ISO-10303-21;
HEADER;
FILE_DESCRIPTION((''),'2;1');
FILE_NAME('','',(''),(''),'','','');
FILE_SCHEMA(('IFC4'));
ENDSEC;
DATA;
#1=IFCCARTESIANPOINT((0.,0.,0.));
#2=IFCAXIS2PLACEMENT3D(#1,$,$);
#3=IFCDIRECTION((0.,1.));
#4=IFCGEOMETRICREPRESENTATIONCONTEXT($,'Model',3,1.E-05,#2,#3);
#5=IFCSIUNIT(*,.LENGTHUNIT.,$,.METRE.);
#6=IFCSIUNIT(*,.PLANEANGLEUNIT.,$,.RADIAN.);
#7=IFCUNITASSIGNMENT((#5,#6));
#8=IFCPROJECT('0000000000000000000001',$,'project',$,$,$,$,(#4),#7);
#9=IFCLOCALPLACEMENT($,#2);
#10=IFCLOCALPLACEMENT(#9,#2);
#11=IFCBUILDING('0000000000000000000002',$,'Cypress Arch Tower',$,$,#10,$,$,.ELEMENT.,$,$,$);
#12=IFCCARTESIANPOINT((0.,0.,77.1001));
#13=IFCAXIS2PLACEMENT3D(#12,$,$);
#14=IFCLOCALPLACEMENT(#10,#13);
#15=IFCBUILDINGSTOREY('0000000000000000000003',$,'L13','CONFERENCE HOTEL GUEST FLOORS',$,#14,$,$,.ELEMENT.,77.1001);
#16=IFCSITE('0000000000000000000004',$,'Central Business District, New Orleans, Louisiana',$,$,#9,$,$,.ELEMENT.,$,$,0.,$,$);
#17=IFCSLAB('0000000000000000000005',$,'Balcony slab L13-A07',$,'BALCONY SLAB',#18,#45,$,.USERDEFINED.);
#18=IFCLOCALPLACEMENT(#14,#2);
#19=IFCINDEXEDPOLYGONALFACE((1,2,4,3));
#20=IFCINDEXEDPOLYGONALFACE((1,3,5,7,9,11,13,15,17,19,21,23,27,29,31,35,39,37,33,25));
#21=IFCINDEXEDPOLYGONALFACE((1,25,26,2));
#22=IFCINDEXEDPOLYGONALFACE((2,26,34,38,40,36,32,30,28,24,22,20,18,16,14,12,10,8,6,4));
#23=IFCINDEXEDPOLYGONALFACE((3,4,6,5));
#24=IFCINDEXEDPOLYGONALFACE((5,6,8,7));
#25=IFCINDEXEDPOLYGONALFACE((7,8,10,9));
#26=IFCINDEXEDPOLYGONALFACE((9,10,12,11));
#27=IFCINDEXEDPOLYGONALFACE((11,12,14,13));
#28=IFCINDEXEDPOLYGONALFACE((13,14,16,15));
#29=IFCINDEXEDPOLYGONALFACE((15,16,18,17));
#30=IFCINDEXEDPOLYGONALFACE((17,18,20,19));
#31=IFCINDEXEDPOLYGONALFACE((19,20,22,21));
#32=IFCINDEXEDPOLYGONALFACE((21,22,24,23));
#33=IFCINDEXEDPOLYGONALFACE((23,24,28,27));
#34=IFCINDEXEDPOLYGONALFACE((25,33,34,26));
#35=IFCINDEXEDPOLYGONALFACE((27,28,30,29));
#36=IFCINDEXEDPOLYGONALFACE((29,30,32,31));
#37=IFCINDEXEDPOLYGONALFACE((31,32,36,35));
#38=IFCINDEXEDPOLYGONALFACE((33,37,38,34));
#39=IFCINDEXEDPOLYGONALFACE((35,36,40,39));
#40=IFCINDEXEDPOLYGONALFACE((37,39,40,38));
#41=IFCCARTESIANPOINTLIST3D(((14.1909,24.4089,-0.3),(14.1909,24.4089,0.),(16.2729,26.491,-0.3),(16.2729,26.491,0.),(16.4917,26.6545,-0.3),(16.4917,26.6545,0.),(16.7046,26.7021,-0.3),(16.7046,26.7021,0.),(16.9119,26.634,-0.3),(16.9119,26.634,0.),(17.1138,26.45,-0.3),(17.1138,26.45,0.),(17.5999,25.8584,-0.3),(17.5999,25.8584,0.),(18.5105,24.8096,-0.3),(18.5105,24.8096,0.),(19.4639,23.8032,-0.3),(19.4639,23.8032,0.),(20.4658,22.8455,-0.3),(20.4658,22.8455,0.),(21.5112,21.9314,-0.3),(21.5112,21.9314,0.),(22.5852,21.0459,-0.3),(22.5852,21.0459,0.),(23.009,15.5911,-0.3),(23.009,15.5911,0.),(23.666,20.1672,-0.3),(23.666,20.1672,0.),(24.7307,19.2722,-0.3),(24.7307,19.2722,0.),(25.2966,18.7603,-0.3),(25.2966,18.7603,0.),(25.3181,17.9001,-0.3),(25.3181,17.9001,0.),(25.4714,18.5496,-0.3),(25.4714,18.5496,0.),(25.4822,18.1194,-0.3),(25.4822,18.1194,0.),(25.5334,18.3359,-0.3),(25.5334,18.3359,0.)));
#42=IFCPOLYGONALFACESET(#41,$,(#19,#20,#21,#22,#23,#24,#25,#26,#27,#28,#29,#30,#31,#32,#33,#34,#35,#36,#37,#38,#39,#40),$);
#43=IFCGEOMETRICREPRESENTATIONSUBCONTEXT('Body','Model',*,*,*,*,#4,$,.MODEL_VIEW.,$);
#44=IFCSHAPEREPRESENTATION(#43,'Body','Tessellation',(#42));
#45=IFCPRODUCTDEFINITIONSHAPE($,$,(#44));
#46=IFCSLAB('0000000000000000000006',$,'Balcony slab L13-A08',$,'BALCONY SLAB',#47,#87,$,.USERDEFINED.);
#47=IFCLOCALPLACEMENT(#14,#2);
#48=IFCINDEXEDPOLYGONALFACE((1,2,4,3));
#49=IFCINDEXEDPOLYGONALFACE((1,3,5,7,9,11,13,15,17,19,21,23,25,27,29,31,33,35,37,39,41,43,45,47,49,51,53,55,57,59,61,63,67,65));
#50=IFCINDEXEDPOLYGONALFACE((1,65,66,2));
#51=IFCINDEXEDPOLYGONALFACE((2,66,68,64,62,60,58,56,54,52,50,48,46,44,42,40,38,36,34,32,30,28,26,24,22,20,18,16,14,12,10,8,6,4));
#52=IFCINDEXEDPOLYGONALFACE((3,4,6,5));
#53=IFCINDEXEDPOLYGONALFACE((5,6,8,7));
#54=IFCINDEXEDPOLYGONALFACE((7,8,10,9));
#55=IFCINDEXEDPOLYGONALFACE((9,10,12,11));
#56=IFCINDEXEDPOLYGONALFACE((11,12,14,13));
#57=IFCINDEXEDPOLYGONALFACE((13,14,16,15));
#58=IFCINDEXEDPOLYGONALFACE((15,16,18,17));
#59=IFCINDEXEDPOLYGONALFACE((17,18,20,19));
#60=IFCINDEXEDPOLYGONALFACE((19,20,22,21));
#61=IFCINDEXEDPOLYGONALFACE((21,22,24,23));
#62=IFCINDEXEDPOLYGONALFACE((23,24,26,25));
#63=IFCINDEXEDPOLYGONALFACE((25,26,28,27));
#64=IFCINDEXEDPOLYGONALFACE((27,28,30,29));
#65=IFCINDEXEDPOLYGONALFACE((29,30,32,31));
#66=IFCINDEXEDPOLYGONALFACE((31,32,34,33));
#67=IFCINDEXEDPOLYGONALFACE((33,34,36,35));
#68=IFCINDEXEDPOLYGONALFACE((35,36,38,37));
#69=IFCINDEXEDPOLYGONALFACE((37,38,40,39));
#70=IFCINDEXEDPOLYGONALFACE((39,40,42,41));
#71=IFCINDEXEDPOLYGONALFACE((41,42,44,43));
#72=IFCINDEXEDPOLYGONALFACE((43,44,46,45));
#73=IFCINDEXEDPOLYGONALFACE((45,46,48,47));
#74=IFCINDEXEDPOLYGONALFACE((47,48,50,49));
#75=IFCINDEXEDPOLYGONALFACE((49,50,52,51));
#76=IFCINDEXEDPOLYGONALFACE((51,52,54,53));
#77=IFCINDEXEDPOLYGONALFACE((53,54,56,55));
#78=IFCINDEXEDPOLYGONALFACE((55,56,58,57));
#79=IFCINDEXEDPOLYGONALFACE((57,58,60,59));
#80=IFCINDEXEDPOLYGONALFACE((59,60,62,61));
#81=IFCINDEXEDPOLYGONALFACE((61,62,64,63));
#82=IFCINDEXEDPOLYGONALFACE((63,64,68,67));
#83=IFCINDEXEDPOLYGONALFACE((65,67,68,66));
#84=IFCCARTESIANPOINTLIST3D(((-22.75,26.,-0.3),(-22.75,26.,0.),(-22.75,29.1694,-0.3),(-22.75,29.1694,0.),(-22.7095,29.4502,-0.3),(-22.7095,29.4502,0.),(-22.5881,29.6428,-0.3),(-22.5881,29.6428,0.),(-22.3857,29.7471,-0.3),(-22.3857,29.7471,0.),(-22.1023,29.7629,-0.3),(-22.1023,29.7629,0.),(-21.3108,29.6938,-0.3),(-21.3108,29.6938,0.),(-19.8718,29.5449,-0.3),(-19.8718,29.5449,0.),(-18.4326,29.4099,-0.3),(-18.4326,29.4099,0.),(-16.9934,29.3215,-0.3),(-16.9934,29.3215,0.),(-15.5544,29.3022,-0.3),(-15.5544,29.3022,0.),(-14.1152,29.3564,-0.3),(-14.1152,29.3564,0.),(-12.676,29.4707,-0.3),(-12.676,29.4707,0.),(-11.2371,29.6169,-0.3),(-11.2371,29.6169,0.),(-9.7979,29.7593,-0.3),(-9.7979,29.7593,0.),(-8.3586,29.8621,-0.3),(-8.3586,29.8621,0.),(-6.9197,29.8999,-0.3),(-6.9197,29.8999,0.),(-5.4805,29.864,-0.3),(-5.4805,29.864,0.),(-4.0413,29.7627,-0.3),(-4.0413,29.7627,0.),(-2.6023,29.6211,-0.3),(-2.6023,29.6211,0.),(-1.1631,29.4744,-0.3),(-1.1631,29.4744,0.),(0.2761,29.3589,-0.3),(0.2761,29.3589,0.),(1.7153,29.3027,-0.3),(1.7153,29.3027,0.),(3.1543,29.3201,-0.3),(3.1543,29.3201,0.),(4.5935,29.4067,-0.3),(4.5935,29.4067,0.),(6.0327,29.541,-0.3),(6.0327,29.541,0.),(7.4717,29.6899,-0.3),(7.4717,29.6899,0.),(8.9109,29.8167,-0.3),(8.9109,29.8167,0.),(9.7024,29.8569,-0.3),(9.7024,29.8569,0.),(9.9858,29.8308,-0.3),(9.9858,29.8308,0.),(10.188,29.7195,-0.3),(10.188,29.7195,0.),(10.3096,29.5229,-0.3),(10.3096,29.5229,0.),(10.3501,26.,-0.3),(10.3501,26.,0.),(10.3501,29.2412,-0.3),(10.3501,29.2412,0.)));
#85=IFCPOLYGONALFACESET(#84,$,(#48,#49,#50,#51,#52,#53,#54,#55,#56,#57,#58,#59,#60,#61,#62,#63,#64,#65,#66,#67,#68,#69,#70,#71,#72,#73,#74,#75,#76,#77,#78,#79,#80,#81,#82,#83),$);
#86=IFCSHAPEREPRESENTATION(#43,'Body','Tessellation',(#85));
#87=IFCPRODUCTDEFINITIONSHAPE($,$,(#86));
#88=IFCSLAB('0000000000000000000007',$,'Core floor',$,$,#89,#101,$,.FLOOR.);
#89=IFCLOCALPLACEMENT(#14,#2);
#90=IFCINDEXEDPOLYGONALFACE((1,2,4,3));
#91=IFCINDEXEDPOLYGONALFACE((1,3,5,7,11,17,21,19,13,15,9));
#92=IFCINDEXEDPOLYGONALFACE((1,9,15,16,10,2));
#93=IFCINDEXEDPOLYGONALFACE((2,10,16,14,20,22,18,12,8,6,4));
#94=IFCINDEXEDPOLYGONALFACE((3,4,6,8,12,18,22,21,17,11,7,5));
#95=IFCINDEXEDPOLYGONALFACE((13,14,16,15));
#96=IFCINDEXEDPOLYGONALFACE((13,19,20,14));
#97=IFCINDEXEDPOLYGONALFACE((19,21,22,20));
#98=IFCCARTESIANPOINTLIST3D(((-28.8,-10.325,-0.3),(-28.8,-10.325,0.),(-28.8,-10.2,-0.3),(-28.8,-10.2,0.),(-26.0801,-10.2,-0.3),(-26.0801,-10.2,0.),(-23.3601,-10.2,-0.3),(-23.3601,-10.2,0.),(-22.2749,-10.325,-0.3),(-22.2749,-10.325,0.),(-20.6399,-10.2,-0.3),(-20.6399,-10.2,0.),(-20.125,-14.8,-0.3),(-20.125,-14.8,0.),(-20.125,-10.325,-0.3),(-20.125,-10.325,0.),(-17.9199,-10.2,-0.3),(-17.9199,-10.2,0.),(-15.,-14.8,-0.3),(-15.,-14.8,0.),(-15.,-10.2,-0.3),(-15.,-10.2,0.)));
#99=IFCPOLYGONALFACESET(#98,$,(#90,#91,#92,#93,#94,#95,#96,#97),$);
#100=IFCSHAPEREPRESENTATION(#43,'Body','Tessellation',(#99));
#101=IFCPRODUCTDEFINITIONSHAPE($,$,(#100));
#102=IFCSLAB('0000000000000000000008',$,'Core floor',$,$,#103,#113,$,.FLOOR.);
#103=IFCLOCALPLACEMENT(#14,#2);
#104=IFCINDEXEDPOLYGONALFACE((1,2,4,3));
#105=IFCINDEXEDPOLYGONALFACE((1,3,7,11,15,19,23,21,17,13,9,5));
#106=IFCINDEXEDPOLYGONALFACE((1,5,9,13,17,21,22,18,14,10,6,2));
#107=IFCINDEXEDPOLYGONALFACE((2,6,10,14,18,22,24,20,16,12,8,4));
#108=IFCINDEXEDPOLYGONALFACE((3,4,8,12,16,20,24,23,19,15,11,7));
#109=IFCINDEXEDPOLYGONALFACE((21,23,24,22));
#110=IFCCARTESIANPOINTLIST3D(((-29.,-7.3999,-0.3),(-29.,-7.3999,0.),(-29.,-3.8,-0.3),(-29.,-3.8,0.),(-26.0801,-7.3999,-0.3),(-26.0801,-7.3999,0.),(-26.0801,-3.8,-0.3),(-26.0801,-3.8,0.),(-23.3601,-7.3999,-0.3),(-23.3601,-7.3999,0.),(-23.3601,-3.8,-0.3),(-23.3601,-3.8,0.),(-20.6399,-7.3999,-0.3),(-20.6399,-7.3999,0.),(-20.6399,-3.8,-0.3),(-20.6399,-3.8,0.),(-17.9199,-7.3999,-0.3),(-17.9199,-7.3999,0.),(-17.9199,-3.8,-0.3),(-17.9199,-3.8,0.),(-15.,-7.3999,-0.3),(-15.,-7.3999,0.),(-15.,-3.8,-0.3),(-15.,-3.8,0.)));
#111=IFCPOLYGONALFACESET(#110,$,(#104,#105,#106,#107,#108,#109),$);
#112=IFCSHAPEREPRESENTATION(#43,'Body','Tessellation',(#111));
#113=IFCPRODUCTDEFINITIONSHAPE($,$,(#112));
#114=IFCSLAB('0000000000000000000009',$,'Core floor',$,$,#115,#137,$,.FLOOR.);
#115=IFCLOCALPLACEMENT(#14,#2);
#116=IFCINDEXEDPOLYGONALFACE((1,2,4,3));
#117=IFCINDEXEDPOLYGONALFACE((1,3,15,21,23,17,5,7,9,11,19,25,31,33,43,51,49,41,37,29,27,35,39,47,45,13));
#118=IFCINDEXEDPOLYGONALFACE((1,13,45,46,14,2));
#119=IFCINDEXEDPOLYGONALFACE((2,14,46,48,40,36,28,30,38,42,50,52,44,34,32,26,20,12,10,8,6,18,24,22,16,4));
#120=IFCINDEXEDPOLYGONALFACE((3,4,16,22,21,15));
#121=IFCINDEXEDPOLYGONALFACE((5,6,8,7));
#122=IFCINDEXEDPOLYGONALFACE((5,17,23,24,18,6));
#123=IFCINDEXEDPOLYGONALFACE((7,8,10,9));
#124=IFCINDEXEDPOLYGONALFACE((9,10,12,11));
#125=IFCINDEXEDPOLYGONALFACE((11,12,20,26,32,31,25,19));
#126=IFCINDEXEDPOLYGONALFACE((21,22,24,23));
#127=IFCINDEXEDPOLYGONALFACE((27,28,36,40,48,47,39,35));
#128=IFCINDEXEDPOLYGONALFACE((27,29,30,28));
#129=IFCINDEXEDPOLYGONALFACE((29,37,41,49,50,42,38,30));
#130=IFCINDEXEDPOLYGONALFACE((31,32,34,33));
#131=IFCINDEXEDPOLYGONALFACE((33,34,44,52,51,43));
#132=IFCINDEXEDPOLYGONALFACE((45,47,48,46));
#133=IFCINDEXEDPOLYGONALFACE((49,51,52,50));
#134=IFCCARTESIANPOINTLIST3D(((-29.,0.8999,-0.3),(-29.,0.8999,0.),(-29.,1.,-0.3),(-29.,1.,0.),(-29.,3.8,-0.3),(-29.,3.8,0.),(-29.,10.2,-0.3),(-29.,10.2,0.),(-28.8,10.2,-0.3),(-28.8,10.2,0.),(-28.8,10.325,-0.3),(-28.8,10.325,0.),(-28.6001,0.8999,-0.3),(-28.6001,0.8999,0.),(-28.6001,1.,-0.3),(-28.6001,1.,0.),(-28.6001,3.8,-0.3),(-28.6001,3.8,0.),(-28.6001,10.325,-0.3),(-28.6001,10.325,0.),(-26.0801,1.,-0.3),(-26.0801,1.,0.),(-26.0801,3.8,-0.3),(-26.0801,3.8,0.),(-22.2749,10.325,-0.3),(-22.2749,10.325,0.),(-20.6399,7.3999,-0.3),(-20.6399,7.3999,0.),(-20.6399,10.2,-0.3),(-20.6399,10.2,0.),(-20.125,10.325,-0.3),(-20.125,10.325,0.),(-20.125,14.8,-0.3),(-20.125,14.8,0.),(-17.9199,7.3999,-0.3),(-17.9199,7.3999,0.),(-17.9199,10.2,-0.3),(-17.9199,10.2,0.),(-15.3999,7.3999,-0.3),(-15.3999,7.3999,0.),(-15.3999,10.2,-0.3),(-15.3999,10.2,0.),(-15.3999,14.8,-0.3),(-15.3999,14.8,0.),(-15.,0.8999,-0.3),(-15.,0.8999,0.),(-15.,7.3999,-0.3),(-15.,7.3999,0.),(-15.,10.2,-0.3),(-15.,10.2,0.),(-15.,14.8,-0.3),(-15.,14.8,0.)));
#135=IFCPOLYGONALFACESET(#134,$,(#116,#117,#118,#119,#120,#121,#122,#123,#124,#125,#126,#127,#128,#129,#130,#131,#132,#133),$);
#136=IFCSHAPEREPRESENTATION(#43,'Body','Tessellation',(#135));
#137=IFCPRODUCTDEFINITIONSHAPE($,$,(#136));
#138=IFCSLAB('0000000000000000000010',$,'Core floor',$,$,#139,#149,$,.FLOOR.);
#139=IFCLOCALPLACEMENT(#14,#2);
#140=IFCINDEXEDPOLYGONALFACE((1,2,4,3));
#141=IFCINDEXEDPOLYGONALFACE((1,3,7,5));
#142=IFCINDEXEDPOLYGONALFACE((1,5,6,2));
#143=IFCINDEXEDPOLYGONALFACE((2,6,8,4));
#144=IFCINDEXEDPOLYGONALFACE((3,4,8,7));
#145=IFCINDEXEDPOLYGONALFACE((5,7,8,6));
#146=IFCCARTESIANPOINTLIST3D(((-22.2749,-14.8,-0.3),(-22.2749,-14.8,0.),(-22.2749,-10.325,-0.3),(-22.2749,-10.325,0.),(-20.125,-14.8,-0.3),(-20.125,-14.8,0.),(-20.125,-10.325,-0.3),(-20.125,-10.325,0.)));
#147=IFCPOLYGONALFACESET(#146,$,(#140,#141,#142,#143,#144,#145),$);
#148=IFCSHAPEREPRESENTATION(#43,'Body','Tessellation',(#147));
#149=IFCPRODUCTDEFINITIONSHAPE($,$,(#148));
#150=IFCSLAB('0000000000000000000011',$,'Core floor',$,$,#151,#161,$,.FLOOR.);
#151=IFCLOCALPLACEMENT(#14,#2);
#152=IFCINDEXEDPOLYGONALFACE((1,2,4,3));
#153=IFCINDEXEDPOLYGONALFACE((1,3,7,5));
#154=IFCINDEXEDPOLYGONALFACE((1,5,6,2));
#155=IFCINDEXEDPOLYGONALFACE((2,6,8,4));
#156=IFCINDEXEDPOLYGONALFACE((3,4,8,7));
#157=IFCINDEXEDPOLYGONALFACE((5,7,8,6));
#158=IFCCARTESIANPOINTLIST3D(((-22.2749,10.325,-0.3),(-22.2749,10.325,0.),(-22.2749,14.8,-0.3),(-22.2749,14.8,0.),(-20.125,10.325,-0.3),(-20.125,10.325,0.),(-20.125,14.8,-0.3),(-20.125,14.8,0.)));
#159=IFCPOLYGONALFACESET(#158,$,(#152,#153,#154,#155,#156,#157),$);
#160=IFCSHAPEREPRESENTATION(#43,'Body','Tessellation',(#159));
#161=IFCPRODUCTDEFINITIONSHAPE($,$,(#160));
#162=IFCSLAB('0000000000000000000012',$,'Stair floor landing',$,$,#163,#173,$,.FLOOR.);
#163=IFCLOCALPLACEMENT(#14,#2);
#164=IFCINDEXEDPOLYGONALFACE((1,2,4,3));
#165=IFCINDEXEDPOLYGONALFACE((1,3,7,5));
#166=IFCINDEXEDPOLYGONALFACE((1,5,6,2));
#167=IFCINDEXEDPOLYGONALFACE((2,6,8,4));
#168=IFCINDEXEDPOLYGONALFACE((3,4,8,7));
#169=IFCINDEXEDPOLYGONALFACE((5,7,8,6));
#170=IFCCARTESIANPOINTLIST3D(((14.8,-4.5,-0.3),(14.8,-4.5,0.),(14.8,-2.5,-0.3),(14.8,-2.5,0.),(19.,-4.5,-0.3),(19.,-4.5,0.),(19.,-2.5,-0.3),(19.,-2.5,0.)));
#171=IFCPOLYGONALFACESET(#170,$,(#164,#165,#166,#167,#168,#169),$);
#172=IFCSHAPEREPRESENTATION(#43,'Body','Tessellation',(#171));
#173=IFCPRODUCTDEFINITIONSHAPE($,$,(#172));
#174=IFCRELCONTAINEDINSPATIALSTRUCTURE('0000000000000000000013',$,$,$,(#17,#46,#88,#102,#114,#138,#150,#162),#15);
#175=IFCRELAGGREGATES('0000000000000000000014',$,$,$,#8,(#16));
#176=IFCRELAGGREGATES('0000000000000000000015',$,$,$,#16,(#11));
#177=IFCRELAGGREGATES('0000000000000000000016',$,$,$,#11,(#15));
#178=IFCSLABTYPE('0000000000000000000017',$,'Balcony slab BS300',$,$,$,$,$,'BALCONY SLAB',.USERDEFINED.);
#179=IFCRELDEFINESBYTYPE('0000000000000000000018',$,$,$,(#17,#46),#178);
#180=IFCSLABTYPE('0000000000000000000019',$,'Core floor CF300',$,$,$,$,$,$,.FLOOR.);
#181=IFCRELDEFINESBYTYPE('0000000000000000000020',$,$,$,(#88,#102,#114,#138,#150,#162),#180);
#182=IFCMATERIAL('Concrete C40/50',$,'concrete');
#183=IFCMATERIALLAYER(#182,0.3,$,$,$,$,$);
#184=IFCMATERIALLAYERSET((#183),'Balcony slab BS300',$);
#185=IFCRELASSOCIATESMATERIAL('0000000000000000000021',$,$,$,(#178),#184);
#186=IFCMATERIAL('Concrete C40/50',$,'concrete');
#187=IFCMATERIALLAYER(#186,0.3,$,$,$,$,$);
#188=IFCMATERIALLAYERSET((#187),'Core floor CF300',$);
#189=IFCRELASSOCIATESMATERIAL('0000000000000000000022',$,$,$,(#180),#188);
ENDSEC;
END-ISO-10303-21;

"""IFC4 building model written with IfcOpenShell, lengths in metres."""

from ifc_helpers import new_model, si_unit, direction, frame, origin, place, context, subcontext, project, spatial, polyline, outline, extrude, material, layer, layer_set, type_object, element, save


model = new_model("IFC4")

# Units and contexts
model_context = context("Model", 3, precision=1e-05, world=origin(), true_north=direction((0.0, 1.0)))
body_context = subcontext(model_context, "Body", "Model", "MODEL_VIEW")
ifc_project = project(units=[si_unit("LENGTHUNIT", "METRE"), si_unit("PLANEANGLEUNIT", "RADIAN")], contexts=[model_context])

# Site, building, storey
site_placement = place(None, origin())
site = spatial("IfcSite", under=ifc_project, at=site_placement, Name="Central Business District, New Orleans, Louisiana", CompositionType="ELEMENT", RefElevation=0.0)
building_placement = place(site_placement, origin())
building = spatial("IfcBuilding", under=site, at=building_placement, Name="Cypress Arch Tower", CompositionType="ELEMENT")
storey_placement = place(building_placement, frame((0.0, 0.0, 77.1001)))
storey = spatial("IfcBuildingStorey", under=building, at=storey_placement, Name="L13", Description="CONFERENCE HOTEL GUEST FLOORS", CompositionType="ELEMENT", Elevation=77.1001)

# Slabs
ifc_material_1 = material(Name="Concrete C40/50", Category="concrete")
ifc_layer_1 = layer(ifc_material_1, 0.3)
ifc_layer_set_1 = layer_set([ifc_layer_1], Name="Balcony slab BS300")
slab_type_1 = type_object("IfcSlabType", Name="Balcony slab BS300", ElementType="BALCONY SLAB", PredefinedType="USERDEFINED", material=ifc_layer_set_1)
slab_1_placement = place(storey_placement, frame((0.0, 0.0, -0.3)))
element("IfcSlab", 1, at=slab_1_placement, inside=storey, type_object=slab_type_1, Name="Balcony slab L13-A07", ObjectType="BALCONY SLAB", PredefinedType="USERDEFINED", context=body_context, shape_type="SweptSolid", body=[
    extrude(outline(polyline([(23.009, 15.5911), (25.3181, 17.9001), (25.4822, 18.1194), (25.5334, 18.3359), (25.4714, 18.5496), (25.2966, 18.7603), (24.7307, 19.2722), (23.666, 20.1672), (22.5852, 21.0459), (21.5112, 21.9314), (20.4658, 22.8455), (19.4639, 23.8032), (18.5105, 24.8096), (17.5999, 25.8584), (17.1138, 26.45), (16.9119, 26.634), (16.7046, 26.7021), (16.4917, 26.6545), (16.2729, 26.491), (14.1909, 24.4089), (23.009, 15.5911)])), origin(), (0.0, 0.0, 1.0), 0.3),
])
slab_2_placement = place(storey_placement, frame((0.0, 0.0, -0.3)))
element("IfcSlab", 2, at=slab_2_placement, inside=storey, type_object=slab_type_1, Name="Balcony slab L13-A08", ObjectType="BALCONY SLAB", PredefinedType="USERDEFINED", context=body_context, shape_type="SweptSolid", body=[
    extrude(outline(polyline([(10.3501, 26.0), (10.3501, 29.2412), (10.3096, 29.5229), (10.188, 29.7195), (9.9858, 29.8308), (9.7024, 29.8569), (8.9109, 29.8167), (7.4717, 29.6899), (6.0327, 29.541), (4.5935, 29.4067), (3.1543, 29.3201), (1.7153, 29.3027), (0.2761, 29.3589), (-1.1631, 29.4744), (-2.6023, 29.6211), (-4.0413, 29.7627), (-5.4805, 29.864), (-6.9197, 29.8999), (-8.3586, 29.8621), (-9.7979, 29.7593), (-11.2371, 29.6169), (-12.676, 29.4707), (-14.1152, 29.3564), (-15.5544, 29.3022), (-16.9934, 29.3215), (-18.4326, 29.4099), (-19.8718, 29.5449), (-21.3108, 29.6938), (-22.1023, 29.7629), (-22.3857, 29.7471), (-22.5881, 29.6428), (-22.7095, 29.4502), (-22.75, 29.1694), (-22.75, 26.0), (10.3501, 26.0)])), origin(), (0.0, 0.0, 1.0), 0.3),
])
ifc_material_2 = material(Name="Concrete C40/50", Category="concrete")
ifc_layer_2 = layer(ifc_material_2, 0.3)
ifc_layer_set_2 = layer_set([ifc_layer_2], Name="Core floor CF300")
slab_type_2 = type_object("IfcSlabType", Name="Core floor CF300", PredefinedType="FLOOR", material=ifc_layer_set_2)
slab_3_placement = place(storey_placement, frame((0.0, 0.0, -0.3)))
element("IfcSlab", 3, at=slab_3_placement, inside=storey, type_object=slab_type_2, Name="Core floor", PredefinedType="FLOOR", context=body_context, shape_type="SweptSolid", body=[
    extrude(outline(polyline([(-20.125, -14.8), (-15.0, -14.8), (-15.0, -10.2), (-17.9199, -10.2), (-20.6399, -10.2), (-23.3601, -10.2), (-26.0801, -10.2), (-28.8, -10.2), (-28.8, -10.325), (-22.2749, -10.325), (-20.125, -10.325), (-20.125, -14.8)])), origin(), (0.0, 0.0, 1.0), 0.3),
])
slab_4_placement = place(storey_placement, frame((0.0, 0.0, -0.3)))
element("IfcSlab", 4, at=slab_4_placement, inside=storey, type_object=slab_type_2, Name="Core floor", PredefinedType="FLOOR", context=body_context, shape_type="SweptSolid", body=[
    extrude(outline(polyline([(-29.0, -3.8), (-29.0, -7.3999), (-26.0801, -7.3999), (-23.3601, -7.3999), (-20.6399, -7.3999), (-17.9199, -7.3999), (-15.0, -7.3999), (-15.0, -3.8), (-17.9199, -3.8), (-20.6399, -3.8), (-23.3601, -3.8), (-26.0801, -3.8), (-29.0, -3.8)])), origin(), (0.0, 0.0, 1.0), 0.3),
])
slab_5_placement = place(storey_placement, frame((0.0, 0.0, -0.3)))
element("IfcSlab", 5, at=slab_5_placement, inside=storey, type_object=slab_type_2, Name="Core floor", PredefinedType="FLOOR", context=body_context, shape_type="SweptSolid", body=[
    extrude(outline(polyline([(-29.0, 3.8), (-29.0, 10.2), (-28.8, 10.2), (-28.8, 10.325), (-28.6001, 10.325), (-22.2749, 10.325), (-20.125, 10.325), (-20.125, 14.8), (-15.3999, 14.8), (-15.0, 14.8), (-15.0, 10.2), (-15.3999, 10.2), (-17.9199, 10.2), (-20.6399, 10.2), (-20.6399, 7.3999), (-17.9199, 7.3999), (-15.3999, 7.3999), (-15.0, 7.3999), (-15.0, 0.8999), (-28.6001, 0.8999), (-29.0, 0.8999), (-29.0, 1.0), (-28.6001, 1.0), (-26.0801, 1.0), (-26.0801, 3.8), (-28.6001, 3.8), (-29.0, 3.8)])), origin(), (0.0, 0.0, 1.0), 0.3),
])
slab_6_placement = place(storey_placement, frame((0.0, 0.0, -0.3)))
element("IfcSlab", 6, at=slab_6_placement, inside=storey, type_object=slab_type_2, Name="Core floor", PredefinedType="FLOOR", context=body_context, shape_type="SweptSolid", body=[
    extrude(outline(polyline([(-22.2749, -10.325), (-22.2749, -14.8), (-20.125, -14.8), (-20.125, -10.325), (-22.2749, -10.325)])), origin(), (0.0, 0.0, 1.0), 0.3),
])
slab_7_placement = place(storey_placement, frame((0.0, 0.0, -0.3)))
element("IfcSlab", 7, at=slab_7_placement, inside=storey, type_object=slab_type_2, Name="Core floor", PredefinedType="FLOOR", context=body_context, shape_type="SweptSolid", body=[
    extrude(outline(polyline([(-20.125, 14.8), (-22.2749, 14.8), (-22.2749, 10.325), (-20.125, 10.325), (-20.125, 14.8)])), origin(), (0.0, 0.0, 1.0), 0.3),
])
slab_8_placement = place(storey_placement, frame((0.0, 0.0, -0.3)))
element("IfcSlab", 8, at=slab_8_placement, inside=storey, type_object=slab_type_2, Name="Stair floor landing", PredefinedType="FLOOR", context=body_context, shape_type="SweptSolid", body=[
    extrude(outline(polyline([(19.0, -4.5), (19.0, -2.5), (14.8, -2.5), (14.8, -4.5), (19.0, -4.5)])), origin(), (0.0, 0.0, 1.0), 0.3),
])

save(model, "model.ifc")
